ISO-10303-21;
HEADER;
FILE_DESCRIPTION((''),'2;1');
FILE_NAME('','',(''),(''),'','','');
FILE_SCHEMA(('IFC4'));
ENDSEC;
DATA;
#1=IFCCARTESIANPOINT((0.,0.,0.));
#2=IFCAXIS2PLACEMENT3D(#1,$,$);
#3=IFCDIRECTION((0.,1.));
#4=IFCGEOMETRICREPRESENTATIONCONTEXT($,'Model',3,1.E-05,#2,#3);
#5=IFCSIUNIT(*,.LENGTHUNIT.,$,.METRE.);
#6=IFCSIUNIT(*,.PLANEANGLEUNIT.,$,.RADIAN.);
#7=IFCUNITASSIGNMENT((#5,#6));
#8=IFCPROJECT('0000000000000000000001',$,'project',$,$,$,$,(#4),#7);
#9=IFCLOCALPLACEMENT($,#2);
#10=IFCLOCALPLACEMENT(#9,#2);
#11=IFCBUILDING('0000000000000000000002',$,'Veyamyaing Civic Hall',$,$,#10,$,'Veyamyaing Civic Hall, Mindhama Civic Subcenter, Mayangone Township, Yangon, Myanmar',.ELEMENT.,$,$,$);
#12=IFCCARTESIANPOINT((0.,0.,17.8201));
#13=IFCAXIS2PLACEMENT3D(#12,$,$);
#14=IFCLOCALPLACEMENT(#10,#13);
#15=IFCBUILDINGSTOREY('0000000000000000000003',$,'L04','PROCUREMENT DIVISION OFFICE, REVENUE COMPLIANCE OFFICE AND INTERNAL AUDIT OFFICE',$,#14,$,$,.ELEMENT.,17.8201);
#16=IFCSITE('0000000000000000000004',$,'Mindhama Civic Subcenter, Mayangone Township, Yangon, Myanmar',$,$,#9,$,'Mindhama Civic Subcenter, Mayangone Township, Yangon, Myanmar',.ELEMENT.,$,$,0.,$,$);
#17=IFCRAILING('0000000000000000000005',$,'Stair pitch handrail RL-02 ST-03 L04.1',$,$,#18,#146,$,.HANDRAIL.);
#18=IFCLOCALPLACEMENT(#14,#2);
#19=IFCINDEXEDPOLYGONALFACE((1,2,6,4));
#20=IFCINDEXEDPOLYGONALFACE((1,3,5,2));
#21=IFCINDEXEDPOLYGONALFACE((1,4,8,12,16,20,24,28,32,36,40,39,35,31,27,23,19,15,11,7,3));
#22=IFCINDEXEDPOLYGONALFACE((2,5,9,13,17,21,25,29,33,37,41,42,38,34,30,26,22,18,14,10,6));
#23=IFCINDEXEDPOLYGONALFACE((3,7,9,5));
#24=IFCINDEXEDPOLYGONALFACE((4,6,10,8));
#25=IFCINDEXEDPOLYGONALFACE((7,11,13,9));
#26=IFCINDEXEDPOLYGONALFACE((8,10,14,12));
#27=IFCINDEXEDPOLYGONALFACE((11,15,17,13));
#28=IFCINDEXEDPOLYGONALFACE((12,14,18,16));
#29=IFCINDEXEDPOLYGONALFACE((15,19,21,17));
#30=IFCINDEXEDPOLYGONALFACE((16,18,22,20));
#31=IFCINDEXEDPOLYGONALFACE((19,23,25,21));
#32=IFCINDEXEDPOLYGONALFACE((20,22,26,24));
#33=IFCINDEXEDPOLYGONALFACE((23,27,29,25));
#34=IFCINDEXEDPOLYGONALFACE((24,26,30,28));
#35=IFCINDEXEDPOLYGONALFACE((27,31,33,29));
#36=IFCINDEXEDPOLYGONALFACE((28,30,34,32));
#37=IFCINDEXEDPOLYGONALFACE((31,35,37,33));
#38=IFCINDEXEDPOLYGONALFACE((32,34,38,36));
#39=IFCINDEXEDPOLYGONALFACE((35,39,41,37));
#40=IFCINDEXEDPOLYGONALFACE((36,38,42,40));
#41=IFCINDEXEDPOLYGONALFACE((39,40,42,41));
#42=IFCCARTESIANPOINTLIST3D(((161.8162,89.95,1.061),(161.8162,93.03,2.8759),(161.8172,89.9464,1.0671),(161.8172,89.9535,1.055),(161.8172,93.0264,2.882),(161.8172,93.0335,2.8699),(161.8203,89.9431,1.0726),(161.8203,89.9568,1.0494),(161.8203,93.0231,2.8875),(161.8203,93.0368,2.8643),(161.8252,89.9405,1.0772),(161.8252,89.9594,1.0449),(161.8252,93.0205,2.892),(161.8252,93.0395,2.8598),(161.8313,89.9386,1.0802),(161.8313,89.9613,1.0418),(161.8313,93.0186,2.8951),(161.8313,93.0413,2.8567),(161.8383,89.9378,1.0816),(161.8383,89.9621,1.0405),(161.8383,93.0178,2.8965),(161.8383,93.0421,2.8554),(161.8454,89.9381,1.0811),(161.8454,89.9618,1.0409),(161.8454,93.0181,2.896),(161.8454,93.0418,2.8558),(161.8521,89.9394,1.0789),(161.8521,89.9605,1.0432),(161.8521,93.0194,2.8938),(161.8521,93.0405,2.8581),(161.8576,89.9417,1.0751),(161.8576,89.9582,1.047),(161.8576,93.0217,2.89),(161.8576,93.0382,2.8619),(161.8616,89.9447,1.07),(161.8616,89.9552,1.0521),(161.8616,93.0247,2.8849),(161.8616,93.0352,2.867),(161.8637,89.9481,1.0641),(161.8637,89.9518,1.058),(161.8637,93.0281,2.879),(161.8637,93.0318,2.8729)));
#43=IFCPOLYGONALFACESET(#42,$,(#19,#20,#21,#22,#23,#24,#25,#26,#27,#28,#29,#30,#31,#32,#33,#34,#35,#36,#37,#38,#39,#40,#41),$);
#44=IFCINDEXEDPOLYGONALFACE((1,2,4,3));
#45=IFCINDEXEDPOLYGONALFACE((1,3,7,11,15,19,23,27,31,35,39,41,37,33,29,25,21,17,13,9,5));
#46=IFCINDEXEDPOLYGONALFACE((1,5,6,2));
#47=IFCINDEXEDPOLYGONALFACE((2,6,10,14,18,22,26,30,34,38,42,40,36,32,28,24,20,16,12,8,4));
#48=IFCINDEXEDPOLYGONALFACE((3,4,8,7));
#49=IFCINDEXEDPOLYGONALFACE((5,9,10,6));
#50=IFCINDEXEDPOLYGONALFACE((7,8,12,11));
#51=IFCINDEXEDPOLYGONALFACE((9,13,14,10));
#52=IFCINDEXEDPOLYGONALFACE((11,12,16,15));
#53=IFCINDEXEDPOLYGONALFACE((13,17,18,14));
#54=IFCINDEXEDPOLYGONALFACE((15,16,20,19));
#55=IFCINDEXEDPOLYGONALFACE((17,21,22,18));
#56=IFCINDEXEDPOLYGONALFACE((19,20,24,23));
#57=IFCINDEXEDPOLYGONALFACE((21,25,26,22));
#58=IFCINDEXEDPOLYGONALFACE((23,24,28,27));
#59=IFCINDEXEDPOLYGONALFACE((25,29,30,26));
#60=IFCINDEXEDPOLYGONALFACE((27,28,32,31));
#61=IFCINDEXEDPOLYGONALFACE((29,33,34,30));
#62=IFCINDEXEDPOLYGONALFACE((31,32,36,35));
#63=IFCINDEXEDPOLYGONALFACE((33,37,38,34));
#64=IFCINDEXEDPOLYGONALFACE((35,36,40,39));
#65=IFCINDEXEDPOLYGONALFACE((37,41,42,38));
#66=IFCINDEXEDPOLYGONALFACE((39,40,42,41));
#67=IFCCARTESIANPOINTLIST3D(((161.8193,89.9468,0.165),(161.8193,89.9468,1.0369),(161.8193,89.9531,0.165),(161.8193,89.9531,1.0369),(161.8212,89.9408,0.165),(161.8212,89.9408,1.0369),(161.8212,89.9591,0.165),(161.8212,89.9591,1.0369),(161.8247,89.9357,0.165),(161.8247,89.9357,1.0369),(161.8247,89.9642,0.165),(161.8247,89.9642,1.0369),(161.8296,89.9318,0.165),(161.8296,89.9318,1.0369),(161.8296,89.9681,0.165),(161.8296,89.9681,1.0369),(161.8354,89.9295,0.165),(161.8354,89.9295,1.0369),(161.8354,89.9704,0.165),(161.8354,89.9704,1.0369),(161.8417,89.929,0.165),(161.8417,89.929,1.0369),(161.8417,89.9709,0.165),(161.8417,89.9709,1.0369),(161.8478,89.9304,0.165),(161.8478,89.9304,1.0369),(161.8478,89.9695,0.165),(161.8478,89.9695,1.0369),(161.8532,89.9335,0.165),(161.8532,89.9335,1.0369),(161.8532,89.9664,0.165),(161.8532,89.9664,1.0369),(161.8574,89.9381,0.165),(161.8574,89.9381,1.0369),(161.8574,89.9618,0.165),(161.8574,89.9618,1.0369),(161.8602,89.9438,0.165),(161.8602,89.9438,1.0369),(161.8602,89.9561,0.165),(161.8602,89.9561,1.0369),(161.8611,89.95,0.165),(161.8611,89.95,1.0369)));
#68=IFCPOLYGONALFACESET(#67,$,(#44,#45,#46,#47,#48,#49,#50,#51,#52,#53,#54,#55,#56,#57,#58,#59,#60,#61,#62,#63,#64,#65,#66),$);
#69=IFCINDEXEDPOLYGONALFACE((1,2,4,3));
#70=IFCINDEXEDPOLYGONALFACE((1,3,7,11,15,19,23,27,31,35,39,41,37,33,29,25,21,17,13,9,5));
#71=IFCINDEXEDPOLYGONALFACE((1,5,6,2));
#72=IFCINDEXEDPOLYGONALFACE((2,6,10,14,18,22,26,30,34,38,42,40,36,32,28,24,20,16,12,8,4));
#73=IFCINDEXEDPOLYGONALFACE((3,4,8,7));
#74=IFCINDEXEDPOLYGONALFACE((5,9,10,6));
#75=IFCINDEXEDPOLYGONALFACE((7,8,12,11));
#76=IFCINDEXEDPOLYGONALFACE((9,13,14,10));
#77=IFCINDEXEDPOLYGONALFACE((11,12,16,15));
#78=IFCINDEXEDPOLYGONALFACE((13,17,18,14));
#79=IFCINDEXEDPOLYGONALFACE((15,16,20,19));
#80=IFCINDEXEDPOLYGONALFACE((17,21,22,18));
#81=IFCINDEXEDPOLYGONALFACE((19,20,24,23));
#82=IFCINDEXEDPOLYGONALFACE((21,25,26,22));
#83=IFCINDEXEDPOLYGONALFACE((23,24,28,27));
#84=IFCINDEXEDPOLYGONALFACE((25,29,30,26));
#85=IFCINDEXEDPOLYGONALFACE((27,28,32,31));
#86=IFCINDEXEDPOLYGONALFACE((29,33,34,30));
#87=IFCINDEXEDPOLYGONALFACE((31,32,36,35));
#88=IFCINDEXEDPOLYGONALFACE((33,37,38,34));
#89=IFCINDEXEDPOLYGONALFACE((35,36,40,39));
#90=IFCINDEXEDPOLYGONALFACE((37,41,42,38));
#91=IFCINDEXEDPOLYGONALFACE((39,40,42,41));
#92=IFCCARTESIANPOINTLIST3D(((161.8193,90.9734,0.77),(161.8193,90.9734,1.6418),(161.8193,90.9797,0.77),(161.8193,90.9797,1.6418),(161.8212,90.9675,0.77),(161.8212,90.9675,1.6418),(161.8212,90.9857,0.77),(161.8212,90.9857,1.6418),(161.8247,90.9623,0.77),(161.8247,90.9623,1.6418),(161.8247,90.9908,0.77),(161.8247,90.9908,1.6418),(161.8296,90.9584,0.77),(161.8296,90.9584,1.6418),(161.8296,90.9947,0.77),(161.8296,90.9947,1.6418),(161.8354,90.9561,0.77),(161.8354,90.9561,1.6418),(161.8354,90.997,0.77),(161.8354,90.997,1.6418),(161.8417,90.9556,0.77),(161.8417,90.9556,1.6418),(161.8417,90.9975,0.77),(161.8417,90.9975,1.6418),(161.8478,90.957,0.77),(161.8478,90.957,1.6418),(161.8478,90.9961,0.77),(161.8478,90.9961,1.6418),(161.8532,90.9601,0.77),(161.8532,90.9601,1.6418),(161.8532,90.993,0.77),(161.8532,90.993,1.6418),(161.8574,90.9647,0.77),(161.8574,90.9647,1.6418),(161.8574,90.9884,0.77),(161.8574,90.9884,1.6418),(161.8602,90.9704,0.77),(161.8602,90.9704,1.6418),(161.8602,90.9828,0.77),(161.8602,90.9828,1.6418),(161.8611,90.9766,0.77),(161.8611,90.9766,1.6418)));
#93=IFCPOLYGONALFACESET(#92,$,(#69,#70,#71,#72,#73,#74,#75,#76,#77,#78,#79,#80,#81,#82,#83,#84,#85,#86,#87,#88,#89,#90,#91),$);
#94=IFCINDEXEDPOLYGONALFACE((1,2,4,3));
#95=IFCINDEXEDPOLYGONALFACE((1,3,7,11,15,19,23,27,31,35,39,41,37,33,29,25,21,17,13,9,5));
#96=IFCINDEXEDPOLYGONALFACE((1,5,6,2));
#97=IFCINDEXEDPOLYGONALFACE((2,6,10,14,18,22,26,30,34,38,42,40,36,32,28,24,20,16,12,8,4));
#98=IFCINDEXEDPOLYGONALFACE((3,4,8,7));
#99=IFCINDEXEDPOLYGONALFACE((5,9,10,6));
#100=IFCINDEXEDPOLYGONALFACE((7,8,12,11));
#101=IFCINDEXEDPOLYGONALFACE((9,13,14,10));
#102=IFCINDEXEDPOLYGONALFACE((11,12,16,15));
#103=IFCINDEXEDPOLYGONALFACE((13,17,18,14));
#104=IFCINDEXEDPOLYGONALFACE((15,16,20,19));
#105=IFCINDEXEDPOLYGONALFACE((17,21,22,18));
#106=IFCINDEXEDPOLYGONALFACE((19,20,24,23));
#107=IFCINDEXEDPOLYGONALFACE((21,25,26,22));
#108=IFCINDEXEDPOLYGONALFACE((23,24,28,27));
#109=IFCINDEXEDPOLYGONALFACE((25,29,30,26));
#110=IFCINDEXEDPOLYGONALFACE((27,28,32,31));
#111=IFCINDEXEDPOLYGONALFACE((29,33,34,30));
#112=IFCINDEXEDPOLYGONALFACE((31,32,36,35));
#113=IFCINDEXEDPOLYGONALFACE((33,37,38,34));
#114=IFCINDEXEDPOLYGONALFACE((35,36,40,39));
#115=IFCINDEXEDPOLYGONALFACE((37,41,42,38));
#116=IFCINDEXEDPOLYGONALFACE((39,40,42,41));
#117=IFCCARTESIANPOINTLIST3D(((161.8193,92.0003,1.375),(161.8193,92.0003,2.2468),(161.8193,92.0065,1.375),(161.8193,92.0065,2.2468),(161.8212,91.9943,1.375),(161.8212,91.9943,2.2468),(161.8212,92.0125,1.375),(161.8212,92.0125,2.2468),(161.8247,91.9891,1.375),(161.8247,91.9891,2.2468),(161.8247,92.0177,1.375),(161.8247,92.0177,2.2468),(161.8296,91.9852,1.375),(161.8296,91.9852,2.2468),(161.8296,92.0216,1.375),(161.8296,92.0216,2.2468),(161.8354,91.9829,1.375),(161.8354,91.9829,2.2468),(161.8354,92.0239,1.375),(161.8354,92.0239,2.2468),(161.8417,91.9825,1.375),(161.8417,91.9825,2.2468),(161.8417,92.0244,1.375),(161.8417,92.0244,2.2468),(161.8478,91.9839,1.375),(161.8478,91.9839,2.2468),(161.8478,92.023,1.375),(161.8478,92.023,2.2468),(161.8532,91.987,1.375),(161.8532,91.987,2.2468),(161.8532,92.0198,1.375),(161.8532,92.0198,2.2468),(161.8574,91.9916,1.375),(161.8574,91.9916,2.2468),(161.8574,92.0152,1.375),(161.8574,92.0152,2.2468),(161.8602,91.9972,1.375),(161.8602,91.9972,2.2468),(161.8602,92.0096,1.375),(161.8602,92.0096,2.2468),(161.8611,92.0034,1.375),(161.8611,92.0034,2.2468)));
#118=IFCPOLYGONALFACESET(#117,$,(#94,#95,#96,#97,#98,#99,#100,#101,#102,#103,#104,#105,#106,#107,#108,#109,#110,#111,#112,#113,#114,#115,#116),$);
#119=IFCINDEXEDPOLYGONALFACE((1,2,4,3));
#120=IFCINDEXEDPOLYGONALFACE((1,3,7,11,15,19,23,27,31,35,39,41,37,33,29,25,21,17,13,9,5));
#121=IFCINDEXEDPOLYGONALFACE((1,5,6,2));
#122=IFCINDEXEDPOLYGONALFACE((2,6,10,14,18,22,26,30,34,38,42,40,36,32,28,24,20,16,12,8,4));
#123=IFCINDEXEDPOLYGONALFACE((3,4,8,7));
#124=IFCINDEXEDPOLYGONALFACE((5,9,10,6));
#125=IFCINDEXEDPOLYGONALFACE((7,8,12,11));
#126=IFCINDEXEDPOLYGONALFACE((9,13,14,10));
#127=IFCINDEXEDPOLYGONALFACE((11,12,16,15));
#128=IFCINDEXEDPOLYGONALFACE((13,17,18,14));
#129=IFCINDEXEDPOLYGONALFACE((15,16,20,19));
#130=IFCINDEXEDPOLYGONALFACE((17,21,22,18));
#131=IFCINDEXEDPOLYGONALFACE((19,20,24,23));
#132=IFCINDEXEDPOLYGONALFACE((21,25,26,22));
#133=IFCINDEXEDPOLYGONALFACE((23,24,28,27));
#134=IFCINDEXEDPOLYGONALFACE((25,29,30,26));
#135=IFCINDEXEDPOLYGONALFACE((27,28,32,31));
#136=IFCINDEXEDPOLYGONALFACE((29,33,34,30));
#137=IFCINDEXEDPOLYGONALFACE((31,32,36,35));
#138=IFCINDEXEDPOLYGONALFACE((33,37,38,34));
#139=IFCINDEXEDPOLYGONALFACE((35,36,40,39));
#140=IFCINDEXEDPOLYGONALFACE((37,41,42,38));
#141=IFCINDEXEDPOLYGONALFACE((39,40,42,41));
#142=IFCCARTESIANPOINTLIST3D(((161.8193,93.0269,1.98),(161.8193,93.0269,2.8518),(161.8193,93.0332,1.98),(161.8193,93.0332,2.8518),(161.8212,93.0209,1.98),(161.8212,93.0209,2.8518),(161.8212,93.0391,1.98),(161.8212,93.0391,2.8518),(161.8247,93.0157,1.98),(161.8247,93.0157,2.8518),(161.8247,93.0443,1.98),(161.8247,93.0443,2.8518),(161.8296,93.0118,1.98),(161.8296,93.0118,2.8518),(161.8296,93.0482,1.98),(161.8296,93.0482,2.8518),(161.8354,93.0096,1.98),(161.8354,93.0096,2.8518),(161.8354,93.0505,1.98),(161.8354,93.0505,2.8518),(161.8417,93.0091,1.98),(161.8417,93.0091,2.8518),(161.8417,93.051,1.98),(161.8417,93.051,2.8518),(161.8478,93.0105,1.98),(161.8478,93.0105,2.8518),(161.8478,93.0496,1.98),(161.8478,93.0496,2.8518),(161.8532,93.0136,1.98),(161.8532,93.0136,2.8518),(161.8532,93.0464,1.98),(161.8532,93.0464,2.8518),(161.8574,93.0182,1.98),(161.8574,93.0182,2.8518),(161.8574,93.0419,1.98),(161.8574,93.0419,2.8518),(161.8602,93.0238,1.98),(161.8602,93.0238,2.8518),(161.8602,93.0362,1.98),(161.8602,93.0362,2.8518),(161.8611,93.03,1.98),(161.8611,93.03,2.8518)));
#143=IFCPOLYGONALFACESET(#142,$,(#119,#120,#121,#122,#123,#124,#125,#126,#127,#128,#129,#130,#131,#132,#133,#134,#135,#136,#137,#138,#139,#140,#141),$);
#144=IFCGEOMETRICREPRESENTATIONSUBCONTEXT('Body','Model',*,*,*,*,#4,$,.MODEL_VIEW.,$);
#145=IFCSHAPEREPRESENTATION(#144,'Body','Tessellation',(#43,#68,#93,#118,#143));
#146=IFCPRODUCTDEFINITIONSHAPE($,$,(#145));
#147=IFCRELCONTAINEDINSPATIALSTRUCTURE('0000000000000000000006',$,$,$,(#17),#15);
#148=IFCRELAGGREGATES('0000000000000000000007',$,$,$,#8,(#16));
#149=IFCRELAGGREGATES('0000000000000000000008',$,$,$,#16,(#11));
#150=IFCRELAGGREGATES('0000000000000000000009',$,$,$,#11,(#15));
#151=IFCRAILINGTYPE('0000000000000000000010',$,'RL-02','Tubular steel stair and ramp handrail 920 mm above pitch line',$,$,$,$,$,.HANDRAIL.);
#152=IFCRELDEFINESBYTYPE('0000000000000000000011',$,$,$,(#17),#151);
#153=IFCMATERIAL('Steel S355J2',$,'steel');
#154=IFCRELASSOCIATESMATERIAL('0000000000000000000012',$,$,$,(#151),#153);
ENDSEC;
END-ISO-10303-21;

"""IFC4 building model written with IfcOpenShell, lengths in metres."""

from ifc_helpers import new_model, si_unit, direction, frame, origin, origin_2d, place, context, subcontext, project, spatial, circle, extrude, material, type_object, element, save


model = new_model("IFC4")

# Units and contexts
model_context = context("Model", 3, precision=1e-05, world=origin(), true_north=direction((0.0, 1.0)))
body_context = subcontext(model_context, "Body", "Model", "MODEL_VIEW")
ifc_project = project(units=[si_unit("LENGTHUNIT", "METRE"), si_unit("PLANEANGLEUNIT", "RADIAN")], contexts=[model_context])

# Site, building, storey
site_placement = place(None, origin())
site = spatial("IfcSite", under=ifc_project, at=site_placement, Name="Mindhama Civic Subcenter, Mayangone Township, Yangon, Myanmar", LongName="Mindhama Civic Subcenter, Mayangone Township, Yangon, Myanmar", CompositionType="ELEMENT", RefElevation=0.0)
building_placement = place(site_placement, origin())
building = spatial("IfcBuilding", under=site, at=building_placement, Name="Veyamyaing Civic Hall", LongName="Veyamyaing Civic Hall, Mindhama Civic Subcenter, Mayangone Township, Yangon, Myanmar", CompositionType="ELEMENT")
storey_placement = place(building_placement, frame((0.0, 0.0, 17.8201)))
storey = spatial("IfcBuildingStorey", under=building, at=storey_placement, Name="L04", Description="PROCUREMENT DIVISION OFFICE, REVENUE COMPLIANCE OFFICE AND INTERNAL AUDIT OFFICE", CompositionType="ELEMENT", Elevation=17.8201)

# Railing
ifc_material_1 = material(Name="Steel S355J2", Category="steel")
railing_type_1 = type_object("IfcRailingType", Name="RL-02", Description="Tubular steel stair and ramp handrail 920 mm above pitch line", PredefinedType="HANDRAIL", material=ifc_material_1)
railing_1_placement = place(storey_placement, frame((161.8401, 89.95, 0.165)))
element("IfcRailing", 1, at=railing_1_placement, inside=storey, type_object=railing_type_1, Name="Stair pitch handrail RL-02 ST-03 L04.1", PredefinedType="HANDRAIL", context=body_context, shape_type="SweptSolid", body=[
    extrude(circle(Radius=0.0239, at=origin_2d()), frame((0.0, 0.0, 0.896), z_axis=(0.0, 0.861551, 0.507671), x_axis=(-1.0, 0.0, 0.0)), (0.0, 0.0, 1.0), 3.575),
    extrude(circle(Radius=0.021, at=origin_2d()), origin(), (0.0, 0.0, 1.0), 0.8718),
    extrude(circle(Radius=0.021, at=origin_2d()), frame((0.0, 1.0266, 0.605)), (0.0, 0.0, 1.0), 0.8718),
    extrude(circle(Radius=0.021, at=origin_2d()), frame((0.0, 2.0535, 1.21)), (0.0, 0.0, 1.0), 0.8718),
    extrude(circle(Radius=0.021, at=origin_2d()), frame((0.0, 3.0801, 1.8149)), (0.0, 0.0, 1.0), 0.8718),
])

save(model, "model.ifc")
